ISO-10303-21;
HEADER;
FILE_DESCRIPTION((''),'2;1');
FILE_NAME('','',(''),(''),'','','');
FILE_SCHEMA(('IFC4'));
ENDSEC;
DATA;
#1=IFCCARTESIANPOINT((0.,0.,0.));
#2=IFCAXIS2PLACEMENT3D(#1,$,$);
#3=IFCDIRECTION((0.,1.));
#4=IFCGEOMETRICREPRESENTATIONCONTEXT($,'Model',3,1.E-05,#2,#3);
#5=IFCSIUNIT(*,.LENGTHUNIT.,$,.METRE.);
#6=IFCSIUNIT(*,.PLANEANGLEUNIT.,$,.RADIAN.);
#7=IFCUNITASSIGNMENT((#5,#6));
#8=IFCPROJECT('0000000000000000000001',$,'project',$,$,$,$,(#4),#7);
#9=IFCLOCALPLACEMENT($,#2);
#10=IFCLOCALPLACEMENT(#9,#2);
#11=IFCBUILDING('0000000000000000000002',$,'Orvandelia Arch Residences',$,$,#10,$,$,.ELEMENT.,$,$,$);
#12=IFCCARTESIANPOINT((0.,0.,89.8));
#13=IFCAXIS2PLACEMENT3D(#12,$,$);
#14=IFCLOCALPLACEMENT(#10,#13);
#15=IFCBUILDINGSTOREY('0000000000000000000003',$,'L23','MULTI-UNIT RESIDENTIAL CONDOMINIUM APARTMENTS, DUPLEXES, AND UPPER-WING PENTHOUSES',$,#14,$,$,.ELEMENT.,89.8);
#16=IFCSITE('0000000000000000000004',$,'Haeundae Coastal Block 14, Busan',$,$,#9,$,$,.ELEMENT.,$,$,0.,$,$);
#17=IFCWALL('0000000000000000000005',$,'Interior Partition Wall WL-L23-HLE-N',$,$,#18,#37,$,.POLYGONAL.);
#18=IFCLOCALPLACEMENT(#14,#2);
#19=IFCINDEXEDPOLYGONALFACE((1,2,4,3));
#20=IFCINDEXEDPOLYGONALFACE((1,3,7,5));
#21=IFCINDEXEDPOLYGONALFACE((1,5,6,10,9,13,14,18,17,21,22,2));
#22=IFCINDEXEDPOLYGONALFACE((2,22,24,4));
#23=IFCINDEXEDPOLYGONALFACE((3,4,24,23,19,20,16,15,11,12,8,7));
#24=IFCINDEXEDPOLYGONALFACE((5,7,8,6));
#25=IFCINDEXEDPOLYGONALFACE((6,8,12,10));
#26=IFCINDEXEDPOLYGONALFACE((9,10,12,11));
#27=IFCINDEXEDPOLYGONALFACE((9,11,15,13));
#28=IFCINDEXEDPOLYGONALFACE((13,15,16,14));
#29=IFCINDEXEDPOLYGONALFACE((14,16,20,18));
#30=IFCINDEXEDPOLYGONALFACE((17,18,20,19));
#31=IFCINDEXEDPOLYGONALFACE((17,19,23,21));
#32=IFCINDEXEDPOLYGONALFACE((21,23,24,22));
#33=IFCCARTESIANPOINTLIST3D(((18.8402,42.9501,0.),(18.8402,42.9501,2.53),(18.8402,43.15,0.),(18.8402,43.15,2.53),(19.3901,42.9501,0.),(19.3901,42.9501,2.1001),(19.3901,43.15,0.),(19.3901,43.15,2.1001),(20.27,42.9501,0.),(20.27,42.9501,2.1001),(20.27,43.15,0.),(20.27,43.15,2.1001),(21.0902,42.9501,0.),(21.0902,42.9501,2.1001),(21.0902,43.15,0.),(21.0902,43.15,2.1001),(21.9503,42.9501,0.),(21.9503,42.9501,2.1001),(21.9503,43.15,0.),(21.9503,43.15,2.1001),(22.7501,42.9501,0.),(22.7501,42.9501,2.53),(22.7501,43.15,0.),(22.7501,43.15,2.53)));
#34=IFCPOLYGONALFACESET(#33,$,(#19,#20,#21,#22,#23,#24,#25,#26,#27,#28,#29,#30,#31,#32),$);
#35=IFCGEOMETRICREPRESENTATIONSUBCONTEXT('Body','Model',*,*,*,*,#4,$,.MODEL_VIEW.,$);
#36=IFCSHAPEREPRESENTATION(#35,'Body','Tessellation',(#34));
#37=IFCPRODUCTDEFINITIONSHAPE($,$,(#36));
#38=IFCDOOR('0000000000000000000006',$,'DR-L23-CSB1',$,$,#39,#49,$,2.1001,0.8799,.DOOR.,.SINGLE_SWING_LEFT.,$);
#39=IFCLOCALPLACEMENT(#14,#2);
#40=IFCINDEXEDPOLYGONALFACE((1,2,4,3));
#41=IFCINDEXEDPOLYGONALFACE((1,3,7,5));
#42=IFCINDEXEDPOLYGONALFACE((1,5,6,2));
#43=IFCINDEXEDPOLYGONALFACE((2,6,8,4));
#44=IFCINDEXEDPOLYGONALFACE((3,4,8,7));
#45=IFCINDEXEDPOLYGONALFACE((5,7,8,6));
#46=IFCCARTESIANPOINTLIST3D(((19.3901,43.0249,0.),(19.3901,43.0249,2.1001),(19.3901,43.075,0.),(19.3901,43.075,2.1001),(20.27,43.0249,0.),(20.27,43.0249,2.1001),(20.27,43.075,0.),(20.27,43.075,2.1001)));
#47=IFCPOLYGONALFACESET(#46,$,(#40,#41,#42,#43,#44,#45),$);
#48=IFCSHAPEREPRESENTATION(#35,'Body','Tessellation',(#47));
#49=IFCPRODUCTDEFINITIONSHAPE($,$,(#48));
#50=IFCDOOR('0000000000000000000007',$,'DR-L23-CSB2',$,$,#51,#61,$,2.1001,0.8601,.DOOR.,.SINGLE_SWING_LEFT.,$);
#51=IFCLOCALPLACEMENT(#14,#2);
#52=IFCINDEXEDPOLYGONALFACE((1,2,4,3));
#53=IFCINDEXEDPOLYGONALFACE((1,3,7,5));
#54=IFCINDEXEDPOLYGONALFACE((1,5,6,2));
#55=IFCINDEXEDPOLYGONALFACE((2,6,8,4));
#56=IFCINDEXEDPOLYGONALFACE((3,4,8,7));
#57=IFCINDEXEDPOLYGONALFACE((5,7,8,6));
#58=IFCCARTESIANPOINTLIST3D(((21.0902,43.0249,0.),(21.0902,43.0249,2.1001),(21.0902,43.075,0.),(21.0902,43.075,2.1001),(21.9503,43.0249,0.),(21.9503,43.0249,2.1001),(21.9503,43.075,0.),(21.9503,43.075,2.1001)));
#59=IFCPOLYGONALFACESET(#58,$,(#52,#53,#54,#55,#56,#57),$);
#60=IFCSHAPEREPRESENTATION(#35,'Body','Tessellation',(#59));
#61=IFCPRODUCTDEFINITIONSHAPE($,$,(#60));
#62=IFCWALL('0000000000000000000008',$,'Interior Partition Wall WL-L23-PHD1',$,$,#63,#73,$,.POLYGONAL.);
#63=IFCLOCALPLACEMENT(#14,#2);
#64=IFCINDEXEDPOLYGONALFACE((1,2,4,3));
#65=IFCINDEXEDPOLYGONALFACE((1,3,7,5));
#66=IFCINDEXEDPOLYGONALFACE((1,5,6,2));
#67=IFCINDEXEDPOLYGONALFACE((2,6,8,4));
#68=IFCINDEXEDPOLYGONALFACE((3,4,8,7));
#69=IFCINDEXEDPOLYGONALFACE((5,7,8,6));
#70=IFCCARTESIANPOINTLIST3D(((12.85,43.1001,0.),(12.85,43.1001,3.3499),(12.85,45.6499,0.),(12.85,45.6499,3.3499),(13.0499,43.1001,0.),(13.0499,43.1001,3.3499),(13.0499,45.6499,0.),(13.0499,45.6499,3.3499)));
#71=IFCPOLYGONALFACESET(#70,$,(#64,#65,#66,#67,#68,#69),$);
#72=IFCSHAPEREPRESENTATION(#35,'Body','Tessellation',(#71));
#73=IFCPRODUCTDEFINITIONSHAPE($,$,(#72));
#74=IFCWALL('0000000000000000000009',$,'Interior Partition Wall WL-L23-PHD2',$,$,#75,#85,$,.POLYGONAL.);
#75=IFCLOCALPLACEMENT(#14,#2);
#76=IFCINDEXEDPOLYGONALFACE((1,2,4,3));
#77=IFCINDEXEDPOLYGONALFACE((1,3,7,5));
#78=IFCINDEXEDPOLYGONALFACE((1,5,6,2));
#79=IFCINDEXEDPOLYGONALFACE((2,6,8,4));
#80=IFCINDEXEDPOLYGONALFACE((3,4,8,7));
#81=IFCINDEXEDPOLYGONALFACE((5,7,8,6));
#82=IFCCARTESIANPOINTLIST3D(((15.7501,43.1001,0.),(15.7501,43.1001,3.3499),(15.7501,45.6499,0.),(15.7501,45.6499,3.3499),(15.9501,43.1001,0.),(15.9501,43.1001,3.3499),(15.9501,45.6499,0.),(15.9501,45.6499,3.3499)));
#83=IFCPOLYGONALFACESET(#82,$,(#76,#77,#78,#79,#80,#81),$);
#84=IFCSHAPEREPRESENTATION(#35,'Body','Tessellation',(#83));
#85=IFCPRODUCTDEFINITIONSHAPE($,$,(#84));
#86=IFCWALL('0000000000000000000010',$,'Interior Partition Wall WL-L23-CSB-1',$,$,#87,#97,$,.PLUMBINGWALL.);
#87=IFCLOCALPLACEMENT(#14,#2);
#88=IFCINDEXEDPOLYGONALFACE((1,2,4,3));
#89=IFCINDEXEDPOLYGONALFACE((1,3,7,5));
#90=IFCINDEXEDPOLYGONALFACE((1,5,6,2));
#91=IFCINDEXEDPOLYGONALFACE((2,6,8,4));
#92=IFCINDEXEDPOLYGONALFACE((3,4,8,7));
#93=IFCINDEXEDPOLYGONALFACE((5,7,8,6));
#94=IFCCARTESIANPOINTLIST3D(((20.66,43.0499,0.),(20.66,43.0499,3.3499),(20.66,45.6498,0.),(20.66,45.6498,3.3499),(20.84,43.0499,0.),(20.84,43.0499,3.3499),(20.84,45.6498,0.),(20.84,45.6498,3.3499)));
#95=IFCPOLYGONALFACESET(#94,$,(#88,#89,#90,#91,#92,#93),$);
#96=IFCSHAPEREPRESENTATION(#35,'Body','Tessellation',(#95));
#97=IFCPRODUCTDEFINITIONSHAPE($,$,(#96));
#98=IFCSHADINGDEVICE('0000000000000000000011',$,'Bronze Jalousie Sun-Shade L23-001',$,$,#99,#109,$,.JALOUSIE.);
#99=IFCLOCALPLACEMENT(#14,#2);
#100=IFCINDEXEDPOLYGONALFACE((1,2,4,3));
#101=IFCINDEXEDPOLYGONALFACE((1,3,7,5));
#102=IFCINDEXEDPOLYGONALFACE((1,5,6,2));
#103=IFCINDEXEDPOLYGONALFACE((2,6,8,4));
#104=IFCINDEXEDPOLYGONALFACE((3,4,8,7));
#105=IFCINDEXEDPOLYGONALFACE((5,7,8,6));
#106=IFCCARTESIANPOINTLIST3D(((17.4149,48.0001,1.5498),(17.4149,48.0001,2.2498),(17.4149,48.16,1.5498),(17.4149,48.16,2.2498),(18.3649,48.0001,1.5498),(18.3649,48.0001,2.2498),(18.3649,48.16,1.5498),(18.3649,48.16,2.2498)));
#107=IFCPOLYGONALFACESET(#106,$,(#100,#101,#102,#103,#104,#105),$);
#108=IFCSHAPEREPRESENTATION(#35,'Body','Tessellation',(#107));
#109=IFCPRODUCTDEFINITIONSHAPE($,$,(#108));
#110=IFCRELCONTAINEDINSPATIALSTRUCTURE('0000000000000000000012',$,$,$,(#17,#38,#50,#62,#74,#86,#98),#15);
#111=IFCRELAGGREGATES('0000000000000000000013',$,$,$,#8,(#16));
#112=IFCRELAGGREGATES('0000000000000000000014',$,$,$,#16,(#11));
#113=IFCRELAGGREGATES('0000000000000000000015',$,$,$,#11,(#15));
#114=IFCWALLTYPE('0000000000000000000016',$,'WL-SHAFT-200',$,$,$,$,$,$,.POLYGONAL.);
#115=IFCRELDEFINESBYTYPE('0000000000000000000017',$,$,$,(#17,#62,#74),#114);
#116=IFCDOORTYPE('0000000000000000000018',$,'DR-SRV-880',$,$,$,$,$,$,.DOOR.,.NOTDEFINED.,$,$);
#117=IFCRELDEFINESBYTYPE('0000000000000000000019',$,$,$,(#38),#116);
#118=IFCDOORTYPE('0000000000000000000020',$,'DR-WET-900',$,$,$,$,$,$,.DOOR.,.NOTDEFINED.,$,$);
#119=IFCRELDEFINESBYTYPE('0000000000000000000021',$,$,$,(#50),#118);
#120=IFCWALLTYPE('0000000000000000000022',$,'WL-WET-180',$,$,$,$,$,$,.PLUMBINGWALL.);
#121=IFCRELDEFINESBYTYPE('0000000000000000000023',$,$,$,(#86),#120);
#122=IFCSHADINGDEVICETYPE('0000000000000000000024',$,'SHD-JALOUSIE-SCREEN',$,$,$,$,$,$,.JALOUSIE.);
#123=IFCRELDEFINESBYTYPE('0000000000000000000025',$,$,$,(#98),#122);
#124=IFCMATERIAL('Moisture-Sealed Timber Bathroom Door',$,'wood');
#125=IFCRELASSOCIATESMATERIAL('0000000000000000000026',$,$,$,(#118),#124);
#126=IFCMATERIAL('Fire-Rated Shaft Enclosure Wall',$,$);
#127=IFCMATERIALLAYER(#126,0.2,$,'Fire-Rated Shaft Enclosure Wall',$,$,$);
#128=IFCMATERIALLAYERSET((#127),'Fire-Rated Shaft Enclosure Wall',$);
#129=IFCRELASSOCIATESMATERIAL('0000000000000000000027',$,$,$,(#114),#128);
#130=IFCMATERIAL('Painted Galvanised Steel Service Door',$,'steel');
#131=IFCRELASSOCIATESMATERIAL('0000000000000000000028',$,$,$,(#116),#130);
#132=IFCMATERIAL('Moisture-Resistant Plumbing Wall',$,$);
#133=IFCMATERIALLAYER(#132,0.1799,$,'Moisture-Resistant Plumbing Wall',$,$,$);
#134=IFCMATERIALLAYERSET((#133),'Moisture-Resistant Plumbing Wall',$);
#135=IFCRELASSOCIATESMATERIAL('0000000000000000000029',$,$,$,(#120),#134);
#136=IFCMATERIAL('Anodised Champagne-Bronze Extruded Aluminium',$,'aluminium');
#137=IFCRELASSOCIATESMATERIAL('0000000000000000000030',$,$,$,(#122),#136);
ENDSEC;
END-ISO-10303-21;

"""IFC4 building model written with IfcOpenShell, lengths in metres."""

from ifc_helpers import new_model, si_unit, direction, frame, frame_2d, origin, origin_2d, place, context, subcontext, project, spatial, rectangle, extrude, material, layer, layer_set, type_object, element, fill, save


model = new_model("IFC4")

# Units and contexts
model_context = context("Model", 3, precision=1e-05, world=origin(), true_north=direction((0.0, 1.0)))
body_context = subcontext(model_context, "Body", "Model", "MODEL_VIEW")
ifc_project = project(units=[si_unit("LENGTHUNIT", "METRE"), si_unit("PLANEANGLEUNIT", "RADIAN")], contexts=[model_context])

# Site, building, storey
site_placement = place(None, origin())
site = spatial("IfcSite", under=ifc_project, at=site_placement, Name="Haeundae Coastal Block 14, Busan", CompositionType="ELEMENT", RefElevation=0.0)
building_placement = place(site_placement, origin())
building = spatial("IfcBuilding", under=site, at=building_placement, Name="Orvandelia Arch Residences", CompositionType="ELEMENT")
storey_placement = place(building_placement, frame((0.0, 0.0, 89.8)))
storey = spatial("IfcBuildingStorey", under=building, at=storey_placement, Name="L23", Description="MULTI-UNIT RESIDENTIAL CONDOMINIUM APARTMENTS, DUPLEXES, AND UPPER-WING PENTHOUSES", CompositionType="ELEMENT", Elevation=89.8)

# Shared definitions
ifc_material_1 = material(Name="Moisture-Sealed Timber Bathroom Door", Category="wood")
door_type_1 = type_object("IfcDoorType", Name="DR-WET-900", OperationType="NOTDEFINED", PredefinedType="DOOR", material=ifc_material_1)

# Shared definitions
ifc_material_2 = material(Name="Fire-Rated Shaft Enclosure Wall")
ifc_layer_1 = layer(ifc_material_2, 0.2, Name="Fire-Rated Shaft Enclosure Wall")
ifc_layer_set_1 = layer_set([ifc_layer_1], Name="Fire-Rated Shaft Enclosure Wall")
wall_type_1 = type_object("IfcWallType", Name="WL-SHAFT-200", PredefinedType="POLYGONAL", material=ifc_layer_set_1)

# Wall, openings, doors
ifc_material_3 = material(Name="Painted Galvanised Steel Service Door", Category="steel")
door_type_2 = type_object("IfcDoorType", Name="DR-SRV-880", OperationType="NOTDEFINED", PredefinedType="DOOR", material=ifc_material_3)
wall_1_placement = place(storey_placement, frame((18.8401, 43.05, 0.0), z_axis=(0.0, 0.0, 1.0), x_axis=(1.0, 0.0, 0.0)))
wall_1 = element("IfcWall", 1, at=wall_1_placement, inside=storey, type_object=wall_type_1, Name="Interior Partition Wall WL-L23-HLE-N", PredefinedType="POLYGONAL", context=body_context, shape_type="SweptSolid", body=[
    extrude(rectangle(XDim=3.9099, YDim=0.2, at=frame_2d((1.9551, 0.0))), origin(), (0.0, 0.0, 1.0), 2.53),
])
opening_1_placement = place(wall_1_placement, frame((0.55, 0.0, 0.0)))
opening_1 = element("IfcOpeningElement", 2, at=opening_1_placement, cuts=wall_1, PredefinedType="OPENING", context=body_context, shape_type="SweptSolid", body=[
    extrude(rectangle(XDim=0.8799, YDim=2.1001, at=frame_2d((0.4399, 1.05))), frame((0.0, 0.1099, 0.0), z_axis=(0.0, -1.0, 0.0), x_axis=(1.0, 0.0, 0.0)), (0.0, 0.0, 1.0), 0.22),
])
opening_2_placement = place(wall_1_placement, frame((2.25, 0.0, 0.0)))
opening_2 = element("IfcOpeningElement", 3, at=opening_2_placement, cuts=wall_1, PredefinedType="OPENING", context=body_context, shape_type="SweptSolid", body=[
    extrude(rectangle(XDim=0.8601, YDim=2.1001, at=frame_2d((0.4302, 1.05))), frame((0.0, 0.1099, 0.0), z_axis=(0.0, -1.0, 0.0), x_axis=(1.0, 0.0, 0.0)), (0.0, 0.0, 1.0), 0.22),
])
door_1_placement = place(opening_1_placement, origin())
door_1 = element("IfcDoor", 4, at=door_1_placement, inside=storey, type_object=door_type_2, Name="DR-L23-CSB1", OperationType="SINGLE_SWING_LEFT", OverallHeight=2.1001, OverallWidth=0.8799, PredefinedType="DOOR", context=body_context, shape_type="SweptSolid", body=[
    extrude(rectangle(XDim=0.8799, YDim=2.1001, at=frame_2d((0.4399, 1.05))), frame((0.0, 0.0249, 0.0), z_axis=(0.0, -1.0, 0.0), x_axis=(1.0, 0.0, 0.0)), (0.0, 0.0, 1.0), 0.05),
])
fill(opening_1, door_1)
door_2_placement = place(opening_2_placement, origin())
door_2 = element("IfcDoor", 5, at=door_2_placement, inside=storey, type_object=door_type_1, Name="DR-L23-CSB2", OperationType="SINGLE_SWING_LEFT", OverallHeight=2.1001, OverallWidth=0.8601, PredefinedType="DOOR", context=body_context, shape_type="SweptSolid", body=[
    extrude(rectangle(XDim=0.8601, YDim=2.1001, at=frame_2d((0.4302, 1.05))), frame((0.0, 0.0249, 0.0), z_axis=(0.0, -1.0, 0.0), x_axis=(1.0, 0.0, 0.0)), (0.0, 0.0, 1.0), 0.05),
])
fill(opening_2, door_2)

# Walls
for number, where, z_axis, x_axis, name in (
    (6, (12.95, 43.1001, 0.0), (0.0, 0.0, 1.0), (0.0, 1.0, 0.0), "Interior Partition Wall WL-L23-PHD1"),
    (7, (15.8501, 43.1001, 0.0), (0.0, 0.0, 1.0), (0.0, 1.0, 0.0), "Interior Partition Wall WL-L23-PHD2"),
):
    element("IfcWall", number, at=place(storey_placement, frame(where, z_axis=z_axis, x_axis=x_axis)), inside=storey, type_object=wall_type_1, Name=name, PredefinedType="POLYGONAL", context=body_context, shape_type="SweptSolid", body=[
        extrude(rectangle(XDim=2.5498, YDim=0.2, at=frame_2d((1.2749, 0.0))), origin(), (0.0, 0.0, 1.0), 3.3499),
    ])
ifc_material_4 = material(Name="Moisture-Resistant Plumbing Wall")
ifc_layer_2 = layer(ifc_material_4, 0.1799, Name="Moisture-Resistant Plumbing Wall")
ifc_layer_set_2 = layer_set([ifc_layer_2], Name="Moisture-Resistant Plumbing Wall")
wall_type_2 = type_object("IfcWallType", Name="WL-WET-180", PredefinedType="PLUMBINGWALL", material=ifc_layer_set_2)
wall_2_placement = place(storey_placement, frame((20.75, 43.05, 0.0), z_axis=(0.0, 0.0, 1.0), x_axis=(0.0, 1.0, 0.0)))
element("IfcWall", 8, at=wall_2_placement, inside=storey, type_object=wall_type_2, Name="Interior Partition Wall WL-L23-CSB-1", PredefinedType="PLUMBINGWALL", context=body_context, shape_type="SweptSolid", body=[
    extrude(rectangle(XDim=2.5999, YDim=0.1799, at=frame_2d((1.2998, 0.0))), origin(), (0.0, 0.0, 1.0), 3.3499),
])

# Shading device
ifc_material_5 = material(Name="Anodised Champagne-Bronze Extruded Aluminium", Category="aluminium")
shading_device_type = type_object("IfcShadingDeviceType", Name="SHD-JALOUSIE-SCREEN", PredefinedType="JALOUSIE", material=ifc_material_5)
shading_device_placement = place(storey_placement, frame((17.8899, 48.0801, 1.5498), z_axis=(0.0, 0.0, 1.0), x_axis=(1.0, 0.0, 0.0)))
element("IfcShadingDevice", 9, at=shading_device_placement, inside=storey, type_object=shading_device_type, Name="Bronze Jalousie Sun-Shade L23-001", PredefinedType="JALOUSIE", context=body_context, shape_type="SweptSolid", body=[
    extrude(rectangle(XDim=0.95, YDim=0.1599, at=origin_2d()), origin(), (0.0, 0.0, 1.0), 0.7),
])

save(model, "model.ifc")
